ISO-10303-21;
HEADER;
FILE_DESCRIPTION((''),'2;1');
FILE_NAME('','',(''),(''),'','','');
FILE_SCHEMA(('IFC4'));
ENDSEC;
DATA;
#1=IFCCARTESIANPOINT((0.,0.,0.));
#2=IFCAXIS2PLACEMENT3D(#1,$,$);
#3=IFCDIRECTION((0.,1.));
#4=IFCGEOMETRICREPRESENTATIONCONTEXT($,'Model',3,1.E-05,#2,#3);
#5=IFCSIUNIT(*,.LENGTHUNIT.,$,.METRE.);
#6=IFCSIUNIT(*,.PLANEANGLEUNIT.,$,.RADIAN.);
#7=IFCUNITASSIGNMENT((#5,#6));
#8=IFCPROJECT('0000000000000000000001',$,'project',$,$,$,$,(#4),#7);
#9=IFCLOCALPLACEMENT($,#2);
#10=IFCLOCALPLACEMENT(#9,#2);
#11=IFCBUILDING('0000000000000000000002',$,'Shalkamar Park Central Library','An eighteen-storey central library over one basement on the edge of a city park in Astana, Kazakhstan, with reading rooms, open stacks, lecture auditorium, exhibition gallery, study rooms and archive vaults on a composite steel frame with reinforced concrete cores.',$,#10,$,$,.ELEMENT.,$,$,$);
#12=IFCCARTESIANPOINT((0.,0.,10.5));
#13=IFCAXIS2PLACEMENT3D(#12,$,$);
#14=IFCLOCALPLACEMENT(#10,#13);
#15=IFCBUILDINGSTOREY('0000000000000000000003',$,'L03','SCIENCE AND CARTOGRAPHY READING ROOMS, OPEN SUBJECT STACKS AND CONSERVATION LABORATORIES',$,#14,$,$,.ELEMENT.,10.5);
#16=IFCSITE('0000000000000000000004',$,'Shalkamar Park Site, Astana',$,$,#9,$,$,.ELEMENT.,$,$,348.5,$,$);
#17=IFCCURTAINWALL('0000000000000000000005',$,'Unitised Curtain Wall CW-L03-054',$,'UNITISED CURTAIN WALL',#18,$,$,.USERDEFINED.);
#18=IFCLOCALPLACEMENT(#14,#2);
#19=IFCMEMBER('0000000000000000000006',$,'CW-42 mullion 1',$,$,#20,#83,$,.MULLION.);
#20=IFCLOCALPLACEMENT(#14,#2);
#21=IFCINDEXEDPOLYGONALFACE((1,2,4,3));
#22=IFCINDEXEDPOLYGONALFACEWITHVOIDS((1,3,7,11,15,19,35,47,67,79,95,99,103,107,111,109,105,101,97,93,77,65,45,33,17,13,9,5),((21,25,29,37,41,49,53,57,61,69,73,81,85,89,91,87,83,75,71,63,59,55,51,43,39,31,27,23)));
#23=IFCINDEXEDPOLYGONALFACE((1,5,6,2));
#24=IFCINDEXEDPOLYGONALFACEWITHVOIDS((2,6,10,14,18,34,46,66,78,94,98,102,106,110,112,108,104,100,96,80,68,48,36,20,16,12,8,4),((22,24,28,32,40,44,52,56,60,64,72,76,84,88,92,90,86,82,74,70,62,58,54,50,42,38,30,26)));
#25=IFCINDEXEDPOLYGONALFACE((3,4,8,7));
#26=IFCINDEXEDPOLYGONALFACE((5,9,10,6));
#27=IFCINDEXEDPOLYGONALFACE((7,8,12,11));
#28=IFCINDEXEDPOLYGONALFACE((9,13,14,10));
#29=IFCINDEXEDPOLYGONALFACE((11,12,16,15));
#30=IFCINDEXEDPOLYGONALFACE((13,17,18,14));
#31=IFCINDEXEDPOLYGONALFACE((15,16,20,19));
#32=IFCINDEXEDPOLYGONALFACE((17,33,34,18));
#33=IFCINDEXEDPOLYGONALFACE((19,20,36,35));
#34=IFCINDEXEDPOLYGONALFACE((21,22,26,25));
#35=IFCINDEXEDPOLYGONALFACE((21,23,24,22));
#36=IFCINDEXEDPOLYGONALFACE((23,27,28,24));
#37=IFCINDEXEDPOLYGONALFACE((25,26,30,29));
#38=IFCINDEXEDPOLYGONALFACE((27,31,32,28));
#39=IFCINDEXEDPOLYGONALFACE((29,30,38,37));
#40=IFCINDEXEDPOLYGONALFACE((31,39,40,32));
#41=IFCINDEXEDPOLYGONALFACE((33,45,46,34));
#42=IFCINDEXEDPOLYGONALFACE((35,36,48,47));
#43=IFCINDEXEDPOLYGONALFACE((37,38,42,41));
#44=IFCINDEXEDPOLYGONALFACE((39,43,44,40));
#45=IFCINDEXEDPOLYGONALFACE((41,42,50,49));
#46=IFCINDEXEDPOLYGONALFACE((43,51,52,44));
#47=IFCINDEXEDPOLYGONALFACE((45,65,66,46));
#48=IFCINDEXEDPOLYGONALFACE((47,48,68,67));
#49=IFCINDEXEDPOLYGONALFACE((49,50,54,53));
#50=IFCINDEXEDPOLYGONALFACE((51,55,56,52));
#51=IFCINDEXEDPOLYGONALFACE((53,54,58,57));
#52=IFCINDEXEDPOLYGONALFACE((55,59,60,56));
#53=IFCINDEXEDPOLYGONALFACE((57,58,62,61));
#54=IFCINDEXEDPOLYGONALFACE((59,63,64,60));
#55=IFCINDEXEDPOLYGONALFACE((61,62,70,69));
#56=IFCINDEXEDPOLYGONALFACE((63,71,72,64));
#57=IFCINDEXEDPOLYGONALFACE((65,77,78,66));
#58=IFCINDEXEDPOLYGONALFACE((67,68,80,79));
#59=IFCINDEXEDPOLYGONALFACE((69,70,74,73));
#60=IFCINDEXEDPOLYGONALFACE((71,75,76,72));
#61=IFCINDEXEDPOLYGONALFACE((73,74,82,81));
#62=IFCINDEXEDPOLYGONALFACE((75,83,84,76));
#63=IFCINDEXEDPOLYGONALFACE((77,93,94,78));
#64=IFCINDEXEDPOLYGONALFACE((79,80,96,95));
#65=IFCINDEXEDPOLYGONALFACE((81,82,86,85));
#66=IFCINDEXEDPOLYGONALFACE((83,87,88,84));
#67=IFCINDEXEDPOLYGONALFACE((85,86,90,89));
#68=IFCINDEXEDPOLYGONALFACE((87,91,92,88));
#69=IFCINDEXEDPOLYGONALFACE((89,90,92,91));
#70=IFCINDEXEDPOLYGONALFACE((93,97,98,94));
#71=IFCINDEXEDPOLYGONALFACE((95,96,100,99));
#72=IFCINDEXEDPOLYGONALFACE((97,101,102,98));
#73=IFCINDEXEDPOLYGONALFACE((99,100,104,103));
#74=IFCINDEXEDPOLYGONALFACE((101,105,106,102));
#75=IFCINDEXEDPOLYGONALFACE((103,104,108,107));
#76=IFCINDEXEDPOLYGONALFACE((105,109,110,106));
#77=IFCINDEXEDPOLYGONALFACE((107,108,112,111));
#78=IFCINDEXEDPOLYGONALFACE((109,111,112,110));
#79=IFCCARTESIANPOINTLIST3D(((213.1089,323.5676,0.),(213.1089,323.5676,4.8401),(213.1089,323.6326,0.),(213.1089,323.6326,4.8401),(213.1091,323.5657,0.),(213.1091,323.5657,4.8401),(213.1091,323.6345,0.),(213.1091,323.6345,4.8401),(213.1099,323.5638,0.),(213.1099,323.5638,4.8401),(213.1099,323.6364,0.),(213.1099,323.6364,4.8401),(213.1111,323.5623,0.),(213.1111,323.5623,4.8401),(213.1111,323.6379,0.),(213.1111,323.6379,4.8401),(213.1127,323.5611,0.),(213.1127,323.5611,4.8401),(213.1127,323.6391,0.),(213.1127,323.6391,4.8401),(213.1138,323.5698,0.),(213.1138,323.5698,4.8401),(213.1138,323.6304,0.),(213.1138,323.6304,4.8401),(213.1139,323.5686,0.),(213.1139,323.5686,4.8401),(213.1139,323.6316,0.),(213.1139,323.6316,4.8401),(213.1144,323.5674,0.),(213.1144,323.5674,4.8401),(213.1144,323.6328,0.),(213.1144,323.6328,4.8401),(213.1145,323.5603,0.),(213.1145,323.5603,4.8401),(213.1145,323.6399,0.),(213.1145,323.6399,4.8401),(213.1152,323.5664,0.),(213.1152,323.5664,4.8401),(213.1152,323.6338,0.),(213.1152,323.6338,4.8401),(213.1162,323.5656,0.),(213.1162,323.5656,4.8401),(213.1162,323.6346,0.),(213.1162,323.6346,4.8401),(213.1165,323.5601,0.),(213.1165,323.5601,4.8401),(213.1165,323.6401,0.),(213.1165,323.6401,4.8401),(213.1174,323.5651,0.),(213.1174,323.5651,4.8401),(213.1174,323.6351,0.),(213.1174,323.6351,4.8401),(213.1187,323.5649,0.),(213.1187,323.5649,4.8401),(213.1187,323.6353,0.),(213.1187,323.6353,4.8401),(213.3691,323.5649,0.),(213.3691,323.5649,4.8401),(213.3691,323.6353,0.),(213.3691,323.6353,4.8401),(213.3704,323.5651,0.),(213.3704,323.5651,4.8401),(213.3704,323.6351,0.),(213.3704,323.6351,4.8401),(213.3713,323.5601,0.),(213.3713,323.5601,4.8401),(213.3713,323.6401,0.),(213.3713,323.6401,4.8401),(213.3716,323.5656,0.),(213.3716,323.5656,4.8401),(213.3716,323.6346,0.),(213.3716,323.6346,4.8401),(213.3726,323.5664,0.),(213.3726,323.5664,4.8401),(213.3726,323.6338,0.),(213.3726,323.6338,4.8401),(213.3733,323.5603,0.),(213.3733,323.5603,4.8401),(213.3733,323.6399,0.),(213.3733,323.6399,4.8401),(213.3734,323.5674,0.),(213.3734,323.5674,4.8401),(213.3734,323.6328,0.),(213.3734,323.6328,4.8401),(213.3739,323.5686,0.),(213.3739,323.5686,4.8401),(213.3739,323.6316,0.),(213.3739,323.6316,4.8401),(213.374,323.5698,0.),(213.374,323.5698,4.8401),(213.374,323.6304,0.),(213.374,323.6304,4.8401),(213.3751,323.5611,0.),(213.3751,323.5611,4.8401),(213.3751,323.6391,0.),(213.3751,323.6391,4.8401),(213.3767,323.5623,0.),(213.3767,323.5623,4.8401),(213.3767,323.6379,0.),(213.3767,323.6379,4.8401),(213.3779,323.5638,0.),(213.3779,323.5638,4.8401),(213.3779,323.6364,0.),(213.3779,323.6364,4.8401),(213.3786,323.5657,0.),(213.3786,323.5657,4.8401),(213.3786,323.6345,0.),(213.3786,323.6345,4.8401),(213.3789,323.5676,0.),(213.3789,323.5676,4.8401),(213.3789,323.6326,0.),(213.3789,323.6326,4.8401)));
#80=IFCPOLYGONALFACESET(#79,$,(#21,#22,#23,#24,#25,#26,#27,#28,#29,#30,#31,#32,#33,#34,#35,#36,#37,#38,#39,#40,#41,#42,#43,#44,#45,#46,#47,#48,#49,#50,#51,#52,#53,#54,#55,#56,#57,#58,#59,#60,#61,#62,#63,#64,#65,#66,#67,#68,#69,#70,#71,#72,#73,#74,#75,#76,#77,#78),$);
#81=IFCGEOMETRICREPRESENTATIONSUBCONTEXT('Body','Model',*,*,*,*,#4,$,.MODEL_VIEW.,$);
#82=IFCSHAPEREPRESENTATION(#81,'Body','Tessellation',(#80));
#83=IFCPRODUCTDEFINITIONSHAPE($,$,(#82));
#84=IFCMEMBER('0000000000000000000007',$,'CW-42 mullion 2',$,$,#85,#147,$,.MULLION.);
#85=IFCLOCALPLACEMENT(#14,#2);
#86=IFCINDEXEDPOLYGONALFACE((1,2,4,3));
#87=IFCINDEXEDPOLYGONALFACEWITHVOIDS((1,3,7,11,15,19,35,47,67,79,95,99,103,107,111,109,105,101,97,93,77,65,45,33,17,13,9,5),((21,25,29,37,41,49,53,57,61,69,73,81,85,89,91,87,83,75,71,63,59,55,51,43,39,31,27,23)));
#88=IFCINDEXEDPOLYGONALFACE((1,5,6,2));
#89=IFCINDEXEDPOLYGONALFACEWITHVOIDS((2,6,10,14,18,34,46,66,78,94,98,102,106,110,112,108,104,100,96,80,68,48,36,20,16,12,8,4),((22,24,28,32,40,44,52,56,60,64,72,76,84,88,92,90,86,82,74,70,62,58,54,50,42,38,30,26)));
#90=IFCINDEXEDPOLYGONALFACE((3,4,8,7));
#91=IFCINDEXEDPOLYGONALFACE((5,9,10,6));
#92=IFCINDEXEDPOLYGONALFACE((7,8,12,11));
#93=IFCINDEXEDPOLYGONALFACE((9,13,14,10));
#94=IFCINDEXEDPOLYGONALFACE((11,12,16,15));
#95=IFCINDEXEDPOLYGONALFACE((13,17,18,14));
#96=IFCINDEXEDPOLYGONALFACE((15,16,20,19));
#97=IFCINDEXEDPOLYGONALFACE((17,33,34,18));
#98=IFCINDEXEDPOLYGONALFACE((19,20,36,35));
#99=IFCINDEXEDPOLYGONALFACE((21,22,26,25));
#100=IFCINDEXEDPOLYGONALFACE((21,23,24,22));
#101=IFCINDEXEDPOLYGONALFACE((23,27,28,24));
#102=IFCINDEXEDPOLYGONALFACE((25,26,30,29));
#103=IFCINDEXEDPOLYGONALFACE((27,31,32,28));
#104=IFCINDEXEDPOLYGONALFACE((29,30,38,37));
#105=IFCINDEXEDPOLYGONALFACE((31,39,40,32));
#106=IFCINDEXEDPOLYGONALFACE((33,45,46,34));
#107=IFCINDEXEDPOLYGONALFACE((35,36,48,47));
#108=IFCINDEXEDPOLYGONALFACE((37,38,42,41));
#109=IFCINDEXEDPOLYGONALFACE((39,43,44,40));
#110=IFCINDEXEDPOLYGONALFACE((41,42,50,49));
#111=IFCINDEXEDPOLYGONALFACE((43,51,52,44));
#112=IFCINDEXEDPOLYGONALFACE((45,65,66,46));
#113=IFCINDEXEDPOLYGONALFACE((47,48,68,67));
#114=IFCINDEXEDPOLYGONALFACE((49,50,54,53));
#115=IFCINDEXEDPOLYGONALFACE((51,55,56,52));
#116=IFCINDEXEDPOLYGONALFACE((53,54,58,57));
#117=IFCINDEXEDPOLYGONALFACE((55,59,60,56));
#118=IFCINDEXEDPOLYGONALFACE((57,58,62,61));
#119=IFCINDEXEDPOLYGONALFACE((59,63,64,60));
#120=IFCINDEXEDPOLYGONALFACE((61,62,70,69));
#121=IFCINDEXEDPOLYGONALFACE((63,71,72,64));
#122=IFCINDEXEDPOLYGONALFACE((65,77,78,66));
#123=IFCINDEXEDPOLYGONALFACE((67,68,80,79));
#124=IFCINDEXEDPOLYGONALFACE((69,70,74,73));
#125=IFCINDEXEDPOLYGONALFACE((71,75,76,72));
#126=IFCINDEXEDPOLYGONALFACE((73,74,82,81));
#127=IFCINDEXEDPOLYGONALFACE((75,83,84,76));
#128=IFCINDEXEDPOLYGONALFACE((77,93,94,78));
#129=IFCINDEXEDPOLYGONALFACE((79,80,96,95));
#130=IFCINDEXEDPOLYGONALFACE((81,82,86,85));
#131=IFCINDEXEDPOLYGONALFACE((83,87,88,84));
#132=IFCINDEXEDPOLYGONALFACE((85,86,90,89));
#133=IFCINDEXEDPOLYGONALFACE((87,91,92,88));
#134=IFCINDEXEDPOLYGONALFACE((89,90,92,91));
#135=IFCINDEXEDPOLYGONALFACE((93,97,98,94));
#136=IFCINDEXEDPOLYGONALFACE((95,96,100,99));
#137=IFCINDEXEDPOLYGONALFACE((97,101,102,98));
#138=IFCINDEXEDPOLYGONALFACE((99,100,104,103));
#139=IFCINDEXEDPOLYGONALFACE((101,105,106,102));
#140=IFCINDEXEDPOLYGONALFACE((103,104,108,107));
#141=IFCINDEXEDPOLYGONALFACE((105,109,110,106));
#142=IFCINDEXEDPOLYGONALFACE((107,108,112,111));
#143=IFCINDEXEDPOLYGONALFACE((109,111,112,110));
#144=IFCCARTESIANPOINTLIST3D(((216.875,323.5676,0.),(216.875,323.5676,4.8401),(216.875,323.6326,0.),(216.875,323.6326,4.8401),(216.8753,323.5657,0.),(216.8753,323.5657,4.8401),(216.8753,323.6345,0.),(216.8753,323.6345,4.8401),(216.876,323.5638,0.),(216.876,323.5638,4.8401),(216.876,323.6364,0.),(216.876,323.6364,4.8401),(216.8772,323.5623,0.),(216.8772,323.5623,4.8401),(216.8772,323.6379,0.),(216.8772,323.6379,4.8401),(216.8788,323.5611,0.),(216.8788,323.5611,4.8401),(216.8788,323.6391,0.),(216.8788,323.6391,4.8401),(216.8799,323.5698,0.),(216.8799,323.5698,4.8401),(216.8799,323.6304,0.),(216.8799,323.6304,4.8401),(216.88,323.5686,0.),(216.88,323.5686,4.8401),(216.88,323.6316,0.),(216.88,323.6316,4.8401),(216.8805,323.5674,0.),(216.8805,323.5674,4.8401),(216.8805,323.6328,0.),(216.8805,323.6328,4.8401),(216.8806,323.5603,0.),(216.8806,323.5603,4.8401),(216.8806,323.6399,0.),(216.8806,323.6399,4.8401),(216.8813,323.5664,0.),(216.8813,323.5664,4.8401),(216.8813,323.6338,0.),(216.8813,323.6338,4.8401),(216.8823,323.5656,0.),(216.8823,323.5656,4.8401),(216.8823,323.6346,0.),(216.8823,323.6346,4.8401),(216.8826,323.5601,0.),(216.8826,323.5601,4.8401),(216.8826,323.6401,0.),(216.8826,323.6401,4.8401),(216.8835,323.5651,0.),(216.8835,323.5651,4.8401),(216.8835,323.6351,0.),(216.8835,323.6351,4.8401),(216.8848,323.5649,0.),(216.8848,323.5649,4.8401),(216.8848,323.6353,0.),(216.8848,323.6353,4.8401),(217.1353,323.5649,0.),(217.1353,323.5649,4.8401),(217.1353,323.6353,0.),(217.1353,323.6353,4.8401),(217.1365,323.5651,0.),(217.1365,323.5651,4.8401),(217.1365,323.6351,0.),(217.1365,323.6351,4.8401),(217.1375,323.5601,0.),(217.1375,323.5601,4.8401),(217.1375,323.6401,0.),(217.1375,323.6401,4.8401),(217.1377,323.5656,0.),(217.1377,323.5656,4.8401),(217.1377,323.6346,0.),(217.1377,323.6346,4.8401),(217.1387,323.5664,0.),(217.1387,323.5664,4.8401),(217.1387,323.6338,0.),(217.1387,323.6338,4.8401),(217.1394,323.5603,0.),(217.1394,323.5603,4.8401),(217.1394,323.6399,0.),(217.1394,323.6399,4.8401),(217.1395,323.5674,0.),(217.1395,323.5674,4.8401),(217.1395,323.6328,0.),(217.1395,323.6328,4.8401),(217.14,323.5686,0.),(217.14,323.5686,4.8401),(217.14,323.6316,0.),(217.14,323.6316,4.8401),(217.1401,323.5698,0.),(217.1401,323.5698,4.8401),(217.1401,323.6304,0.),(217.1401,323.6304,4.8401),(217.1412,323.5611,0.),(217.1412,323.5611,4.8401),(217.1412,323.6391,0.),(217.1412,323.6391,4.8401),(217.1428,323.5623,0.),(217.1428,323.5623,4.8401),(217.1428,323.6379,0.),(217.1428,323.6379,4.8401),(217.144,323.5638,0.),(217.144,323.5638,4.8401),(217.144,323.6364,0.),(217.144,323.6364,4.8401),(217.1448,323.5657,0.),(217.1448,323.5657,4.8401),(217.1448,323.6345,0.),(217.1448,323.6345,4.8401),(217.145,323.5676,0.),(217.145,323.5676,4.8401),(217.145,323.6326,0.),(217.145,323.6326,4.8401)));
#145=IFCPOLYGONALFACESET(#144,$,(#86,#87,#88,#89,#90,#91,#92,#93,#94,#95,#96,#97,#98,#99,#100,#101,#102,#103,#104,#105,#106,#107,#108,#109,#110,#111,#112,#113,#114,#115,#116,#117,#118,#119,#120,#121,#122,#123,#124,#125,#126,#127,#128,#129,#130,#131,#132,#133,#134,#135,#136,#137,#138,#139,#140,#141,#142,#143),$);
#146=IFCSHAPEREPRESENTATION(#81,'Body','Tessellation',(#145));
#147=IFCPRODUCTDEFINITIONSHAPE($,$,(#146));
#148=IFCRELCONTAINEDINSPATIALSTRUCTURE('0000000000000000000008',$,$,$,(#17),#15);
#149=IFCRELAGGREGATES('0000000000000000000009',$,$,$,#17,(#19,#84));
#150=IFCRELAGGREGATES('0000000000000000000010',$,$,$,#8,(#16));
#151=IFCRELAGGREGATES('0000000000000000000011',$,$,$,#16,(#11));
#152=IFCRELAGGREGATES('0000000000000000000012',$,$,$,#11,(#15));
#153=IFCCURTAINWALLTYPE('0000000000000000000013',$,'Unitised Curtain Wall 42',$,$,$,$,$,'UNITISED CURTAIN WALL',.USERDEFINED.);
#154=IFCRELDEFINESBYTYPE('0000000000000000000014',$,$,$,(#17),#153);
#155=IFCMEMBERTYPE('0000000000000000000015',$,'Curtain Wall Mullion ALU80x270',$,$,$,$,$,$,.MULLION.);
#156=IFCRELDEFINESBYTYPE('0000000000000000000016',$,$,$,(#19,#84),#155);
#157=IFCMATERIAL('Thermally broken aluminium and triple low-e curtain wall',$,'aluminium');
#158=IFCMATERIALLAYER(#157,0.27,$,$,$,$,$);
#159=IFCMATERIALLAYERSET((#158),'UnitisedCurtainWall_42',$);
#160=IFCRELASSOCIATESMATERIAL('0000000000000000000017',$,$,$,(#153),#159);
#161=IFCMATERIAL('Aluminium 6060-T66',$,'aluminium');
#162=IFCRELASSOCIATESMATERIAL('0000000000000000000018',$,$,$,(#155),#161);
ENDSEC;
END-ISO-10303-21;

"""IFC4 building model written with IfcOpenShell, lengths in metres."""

from ifc_helpers import new_model, si_unit, direction, frame, origin, origin_2d, place, context, subcontext, project, spatial, hollow_rectangle, extrude, material, layer, layer_set, material_profile, profile_set, type_object, element, aggregate, save


model = new_model("IFC4")

# Units and contexts
model_context = context("Model", 3, precision=1e-05, world=origin(), true_north=direction((0.0, 1.0)))
body_context = subcontext(model_context, "Body", "Model", "MODEL_VIEW")
ifc_project = project(units=[si_unit("LENGTHUNIT", "METRE"), si_unit("PLANEANGLEUNIT", "RADIAN")], contexts=[model_context])

# Site, building, storey
site_placement = place(None, origin())
site = spatial("IfcSite", under=ifc_project, at=site_placement, Name="Shalkamar Park Site, Astana", CompositionType="ELEMENT", RefElevation=348.5)
building_placement = place(site_placement, origin())
building = spatial("IfcBuilding", under=site, at=building_placement, Name="Shalkamar Park Central Library", Description="An eighteen-storey central library over one basement on the edge of a city park in Astana, Kazakhstan, with reading rooms, open stacks, lecture auditorium, exhibition gallery, study rooms and archive vaults on a composite steel frame with reinforced concrete cores.", CompositionType="ELEMENT")
storey_placement = place(building_placement, frame((0.0, 0.0, 10.5)))
storey = spatial("IfcBuildingStorey", under=building, at=storey_placement, Name="L03", Description="SCIENCE AND CARTOGRAPHY READING ROOMS, OPEN SUBJECT STACKS AND CONSERVATION LABORATORIES", CompositionType="ELEMENT", Elevation=10.5)

# Shared definitions
ifc_material_1 = material(Name="Thermally broken aluminium and triple low-e curtain wall", Category="aluminium")
ifc_material_2 = material(Name="Aluminium 6060-T66", Category="aluminium")

# Curtain wall, members
ifc_layer_1 = layer(ifc_material_1, 0.27)
ifc_layer_set_1 = layer_set([ifc_layer_1], Name="UnitisedCurtainWall_42")
curtain_wall_type_1 = type_object("IfcCurtainWallType", Name="Unitised Curtain Wall 42", ElementType="UNITISED CURTAIN WALL", PredefinedType="USERDEFINED", material=ifc_layer_set_1)
curtain_wall_1_placement = place(storey_placement, origin())
curtain_wall_1 = element("IfcCurtainWall", 1, at=curtain_wall_1_placement, inside=storey, type_object=curtain_wall_type_1, Name="Unitised Curtain Wall CW-L03-054", ObjectType="UNITISED CURTAIN WALL", PredefinedType="USERDEFINED")
ifc_material_profile_1 = material_profile(ifc_material_2, hollow_rectangle(XDim=0.0801, YDim=0.27, WallThickness=0.0049, InnerFilletRadius=0.0049, OuterFilletRadius=0.0076, at=origin_2d()), Name="ALU 80x270x5")
ifc_profile_set_1 = profile_set([ifc_material_profile_1], Name="Aluminium 6060-T66")
member_type_1 = type_object("IfcMemberType", Name="Curtain Wall Mullion ALU80x270", PredefinedType="MULLION", material=ifc_profile_set_1)
member_1_placement = place(storey_placement, frame((213.2439, 323.6001, 0.0), z_axis=(0.0, 0.0, 1.0), x_axis=(0.0, 1.0, 0.0)))
member_1 = element("IfcMember", 2, at=member_1_placement, type_object=member_type_1, Name="CW-42 mullion 1", PredefinedType="MULLION", context=body_context, shape_type="SweptSolid", body=[
    extrude(hollow_rectangle(XDim=0.0801, YDim=0.27, WallThickness=0.0049, InnerFilletRadius=0.0049, OuterFilletRadius=0.0076, at=origin_2d()), origin(), (0.0, 0.0, 1.0), 4.8401),
])
member_2_placement = place(storey_placement, frame((217.01, 323.6001, 0.0), z_axis=(0.0, 0.0, 1.0), x_axis=(0.0, 1.0, 0.0)))
member_2 = element("IfcMember", 3, at=member_2_placement, type_object=member_type_1, Name="CW-42 mullion 2", PredefinedType="MULLION", context=body_context, shape_type="SweptSolid", body=[
    extrude(hollow_rectangle(XDim=0.0801, YDim=0.27, WallThickness=0.0049, InnerFilletRadius=0.0049, OuterFilletRadius=0.0076, at=origin_2d()), origin(), (0.0, 0.0, 1.0), 4.8401),
])

aggregate(curtain_wall_1, [member_1, member_2])

save(model, "model.ifc")
